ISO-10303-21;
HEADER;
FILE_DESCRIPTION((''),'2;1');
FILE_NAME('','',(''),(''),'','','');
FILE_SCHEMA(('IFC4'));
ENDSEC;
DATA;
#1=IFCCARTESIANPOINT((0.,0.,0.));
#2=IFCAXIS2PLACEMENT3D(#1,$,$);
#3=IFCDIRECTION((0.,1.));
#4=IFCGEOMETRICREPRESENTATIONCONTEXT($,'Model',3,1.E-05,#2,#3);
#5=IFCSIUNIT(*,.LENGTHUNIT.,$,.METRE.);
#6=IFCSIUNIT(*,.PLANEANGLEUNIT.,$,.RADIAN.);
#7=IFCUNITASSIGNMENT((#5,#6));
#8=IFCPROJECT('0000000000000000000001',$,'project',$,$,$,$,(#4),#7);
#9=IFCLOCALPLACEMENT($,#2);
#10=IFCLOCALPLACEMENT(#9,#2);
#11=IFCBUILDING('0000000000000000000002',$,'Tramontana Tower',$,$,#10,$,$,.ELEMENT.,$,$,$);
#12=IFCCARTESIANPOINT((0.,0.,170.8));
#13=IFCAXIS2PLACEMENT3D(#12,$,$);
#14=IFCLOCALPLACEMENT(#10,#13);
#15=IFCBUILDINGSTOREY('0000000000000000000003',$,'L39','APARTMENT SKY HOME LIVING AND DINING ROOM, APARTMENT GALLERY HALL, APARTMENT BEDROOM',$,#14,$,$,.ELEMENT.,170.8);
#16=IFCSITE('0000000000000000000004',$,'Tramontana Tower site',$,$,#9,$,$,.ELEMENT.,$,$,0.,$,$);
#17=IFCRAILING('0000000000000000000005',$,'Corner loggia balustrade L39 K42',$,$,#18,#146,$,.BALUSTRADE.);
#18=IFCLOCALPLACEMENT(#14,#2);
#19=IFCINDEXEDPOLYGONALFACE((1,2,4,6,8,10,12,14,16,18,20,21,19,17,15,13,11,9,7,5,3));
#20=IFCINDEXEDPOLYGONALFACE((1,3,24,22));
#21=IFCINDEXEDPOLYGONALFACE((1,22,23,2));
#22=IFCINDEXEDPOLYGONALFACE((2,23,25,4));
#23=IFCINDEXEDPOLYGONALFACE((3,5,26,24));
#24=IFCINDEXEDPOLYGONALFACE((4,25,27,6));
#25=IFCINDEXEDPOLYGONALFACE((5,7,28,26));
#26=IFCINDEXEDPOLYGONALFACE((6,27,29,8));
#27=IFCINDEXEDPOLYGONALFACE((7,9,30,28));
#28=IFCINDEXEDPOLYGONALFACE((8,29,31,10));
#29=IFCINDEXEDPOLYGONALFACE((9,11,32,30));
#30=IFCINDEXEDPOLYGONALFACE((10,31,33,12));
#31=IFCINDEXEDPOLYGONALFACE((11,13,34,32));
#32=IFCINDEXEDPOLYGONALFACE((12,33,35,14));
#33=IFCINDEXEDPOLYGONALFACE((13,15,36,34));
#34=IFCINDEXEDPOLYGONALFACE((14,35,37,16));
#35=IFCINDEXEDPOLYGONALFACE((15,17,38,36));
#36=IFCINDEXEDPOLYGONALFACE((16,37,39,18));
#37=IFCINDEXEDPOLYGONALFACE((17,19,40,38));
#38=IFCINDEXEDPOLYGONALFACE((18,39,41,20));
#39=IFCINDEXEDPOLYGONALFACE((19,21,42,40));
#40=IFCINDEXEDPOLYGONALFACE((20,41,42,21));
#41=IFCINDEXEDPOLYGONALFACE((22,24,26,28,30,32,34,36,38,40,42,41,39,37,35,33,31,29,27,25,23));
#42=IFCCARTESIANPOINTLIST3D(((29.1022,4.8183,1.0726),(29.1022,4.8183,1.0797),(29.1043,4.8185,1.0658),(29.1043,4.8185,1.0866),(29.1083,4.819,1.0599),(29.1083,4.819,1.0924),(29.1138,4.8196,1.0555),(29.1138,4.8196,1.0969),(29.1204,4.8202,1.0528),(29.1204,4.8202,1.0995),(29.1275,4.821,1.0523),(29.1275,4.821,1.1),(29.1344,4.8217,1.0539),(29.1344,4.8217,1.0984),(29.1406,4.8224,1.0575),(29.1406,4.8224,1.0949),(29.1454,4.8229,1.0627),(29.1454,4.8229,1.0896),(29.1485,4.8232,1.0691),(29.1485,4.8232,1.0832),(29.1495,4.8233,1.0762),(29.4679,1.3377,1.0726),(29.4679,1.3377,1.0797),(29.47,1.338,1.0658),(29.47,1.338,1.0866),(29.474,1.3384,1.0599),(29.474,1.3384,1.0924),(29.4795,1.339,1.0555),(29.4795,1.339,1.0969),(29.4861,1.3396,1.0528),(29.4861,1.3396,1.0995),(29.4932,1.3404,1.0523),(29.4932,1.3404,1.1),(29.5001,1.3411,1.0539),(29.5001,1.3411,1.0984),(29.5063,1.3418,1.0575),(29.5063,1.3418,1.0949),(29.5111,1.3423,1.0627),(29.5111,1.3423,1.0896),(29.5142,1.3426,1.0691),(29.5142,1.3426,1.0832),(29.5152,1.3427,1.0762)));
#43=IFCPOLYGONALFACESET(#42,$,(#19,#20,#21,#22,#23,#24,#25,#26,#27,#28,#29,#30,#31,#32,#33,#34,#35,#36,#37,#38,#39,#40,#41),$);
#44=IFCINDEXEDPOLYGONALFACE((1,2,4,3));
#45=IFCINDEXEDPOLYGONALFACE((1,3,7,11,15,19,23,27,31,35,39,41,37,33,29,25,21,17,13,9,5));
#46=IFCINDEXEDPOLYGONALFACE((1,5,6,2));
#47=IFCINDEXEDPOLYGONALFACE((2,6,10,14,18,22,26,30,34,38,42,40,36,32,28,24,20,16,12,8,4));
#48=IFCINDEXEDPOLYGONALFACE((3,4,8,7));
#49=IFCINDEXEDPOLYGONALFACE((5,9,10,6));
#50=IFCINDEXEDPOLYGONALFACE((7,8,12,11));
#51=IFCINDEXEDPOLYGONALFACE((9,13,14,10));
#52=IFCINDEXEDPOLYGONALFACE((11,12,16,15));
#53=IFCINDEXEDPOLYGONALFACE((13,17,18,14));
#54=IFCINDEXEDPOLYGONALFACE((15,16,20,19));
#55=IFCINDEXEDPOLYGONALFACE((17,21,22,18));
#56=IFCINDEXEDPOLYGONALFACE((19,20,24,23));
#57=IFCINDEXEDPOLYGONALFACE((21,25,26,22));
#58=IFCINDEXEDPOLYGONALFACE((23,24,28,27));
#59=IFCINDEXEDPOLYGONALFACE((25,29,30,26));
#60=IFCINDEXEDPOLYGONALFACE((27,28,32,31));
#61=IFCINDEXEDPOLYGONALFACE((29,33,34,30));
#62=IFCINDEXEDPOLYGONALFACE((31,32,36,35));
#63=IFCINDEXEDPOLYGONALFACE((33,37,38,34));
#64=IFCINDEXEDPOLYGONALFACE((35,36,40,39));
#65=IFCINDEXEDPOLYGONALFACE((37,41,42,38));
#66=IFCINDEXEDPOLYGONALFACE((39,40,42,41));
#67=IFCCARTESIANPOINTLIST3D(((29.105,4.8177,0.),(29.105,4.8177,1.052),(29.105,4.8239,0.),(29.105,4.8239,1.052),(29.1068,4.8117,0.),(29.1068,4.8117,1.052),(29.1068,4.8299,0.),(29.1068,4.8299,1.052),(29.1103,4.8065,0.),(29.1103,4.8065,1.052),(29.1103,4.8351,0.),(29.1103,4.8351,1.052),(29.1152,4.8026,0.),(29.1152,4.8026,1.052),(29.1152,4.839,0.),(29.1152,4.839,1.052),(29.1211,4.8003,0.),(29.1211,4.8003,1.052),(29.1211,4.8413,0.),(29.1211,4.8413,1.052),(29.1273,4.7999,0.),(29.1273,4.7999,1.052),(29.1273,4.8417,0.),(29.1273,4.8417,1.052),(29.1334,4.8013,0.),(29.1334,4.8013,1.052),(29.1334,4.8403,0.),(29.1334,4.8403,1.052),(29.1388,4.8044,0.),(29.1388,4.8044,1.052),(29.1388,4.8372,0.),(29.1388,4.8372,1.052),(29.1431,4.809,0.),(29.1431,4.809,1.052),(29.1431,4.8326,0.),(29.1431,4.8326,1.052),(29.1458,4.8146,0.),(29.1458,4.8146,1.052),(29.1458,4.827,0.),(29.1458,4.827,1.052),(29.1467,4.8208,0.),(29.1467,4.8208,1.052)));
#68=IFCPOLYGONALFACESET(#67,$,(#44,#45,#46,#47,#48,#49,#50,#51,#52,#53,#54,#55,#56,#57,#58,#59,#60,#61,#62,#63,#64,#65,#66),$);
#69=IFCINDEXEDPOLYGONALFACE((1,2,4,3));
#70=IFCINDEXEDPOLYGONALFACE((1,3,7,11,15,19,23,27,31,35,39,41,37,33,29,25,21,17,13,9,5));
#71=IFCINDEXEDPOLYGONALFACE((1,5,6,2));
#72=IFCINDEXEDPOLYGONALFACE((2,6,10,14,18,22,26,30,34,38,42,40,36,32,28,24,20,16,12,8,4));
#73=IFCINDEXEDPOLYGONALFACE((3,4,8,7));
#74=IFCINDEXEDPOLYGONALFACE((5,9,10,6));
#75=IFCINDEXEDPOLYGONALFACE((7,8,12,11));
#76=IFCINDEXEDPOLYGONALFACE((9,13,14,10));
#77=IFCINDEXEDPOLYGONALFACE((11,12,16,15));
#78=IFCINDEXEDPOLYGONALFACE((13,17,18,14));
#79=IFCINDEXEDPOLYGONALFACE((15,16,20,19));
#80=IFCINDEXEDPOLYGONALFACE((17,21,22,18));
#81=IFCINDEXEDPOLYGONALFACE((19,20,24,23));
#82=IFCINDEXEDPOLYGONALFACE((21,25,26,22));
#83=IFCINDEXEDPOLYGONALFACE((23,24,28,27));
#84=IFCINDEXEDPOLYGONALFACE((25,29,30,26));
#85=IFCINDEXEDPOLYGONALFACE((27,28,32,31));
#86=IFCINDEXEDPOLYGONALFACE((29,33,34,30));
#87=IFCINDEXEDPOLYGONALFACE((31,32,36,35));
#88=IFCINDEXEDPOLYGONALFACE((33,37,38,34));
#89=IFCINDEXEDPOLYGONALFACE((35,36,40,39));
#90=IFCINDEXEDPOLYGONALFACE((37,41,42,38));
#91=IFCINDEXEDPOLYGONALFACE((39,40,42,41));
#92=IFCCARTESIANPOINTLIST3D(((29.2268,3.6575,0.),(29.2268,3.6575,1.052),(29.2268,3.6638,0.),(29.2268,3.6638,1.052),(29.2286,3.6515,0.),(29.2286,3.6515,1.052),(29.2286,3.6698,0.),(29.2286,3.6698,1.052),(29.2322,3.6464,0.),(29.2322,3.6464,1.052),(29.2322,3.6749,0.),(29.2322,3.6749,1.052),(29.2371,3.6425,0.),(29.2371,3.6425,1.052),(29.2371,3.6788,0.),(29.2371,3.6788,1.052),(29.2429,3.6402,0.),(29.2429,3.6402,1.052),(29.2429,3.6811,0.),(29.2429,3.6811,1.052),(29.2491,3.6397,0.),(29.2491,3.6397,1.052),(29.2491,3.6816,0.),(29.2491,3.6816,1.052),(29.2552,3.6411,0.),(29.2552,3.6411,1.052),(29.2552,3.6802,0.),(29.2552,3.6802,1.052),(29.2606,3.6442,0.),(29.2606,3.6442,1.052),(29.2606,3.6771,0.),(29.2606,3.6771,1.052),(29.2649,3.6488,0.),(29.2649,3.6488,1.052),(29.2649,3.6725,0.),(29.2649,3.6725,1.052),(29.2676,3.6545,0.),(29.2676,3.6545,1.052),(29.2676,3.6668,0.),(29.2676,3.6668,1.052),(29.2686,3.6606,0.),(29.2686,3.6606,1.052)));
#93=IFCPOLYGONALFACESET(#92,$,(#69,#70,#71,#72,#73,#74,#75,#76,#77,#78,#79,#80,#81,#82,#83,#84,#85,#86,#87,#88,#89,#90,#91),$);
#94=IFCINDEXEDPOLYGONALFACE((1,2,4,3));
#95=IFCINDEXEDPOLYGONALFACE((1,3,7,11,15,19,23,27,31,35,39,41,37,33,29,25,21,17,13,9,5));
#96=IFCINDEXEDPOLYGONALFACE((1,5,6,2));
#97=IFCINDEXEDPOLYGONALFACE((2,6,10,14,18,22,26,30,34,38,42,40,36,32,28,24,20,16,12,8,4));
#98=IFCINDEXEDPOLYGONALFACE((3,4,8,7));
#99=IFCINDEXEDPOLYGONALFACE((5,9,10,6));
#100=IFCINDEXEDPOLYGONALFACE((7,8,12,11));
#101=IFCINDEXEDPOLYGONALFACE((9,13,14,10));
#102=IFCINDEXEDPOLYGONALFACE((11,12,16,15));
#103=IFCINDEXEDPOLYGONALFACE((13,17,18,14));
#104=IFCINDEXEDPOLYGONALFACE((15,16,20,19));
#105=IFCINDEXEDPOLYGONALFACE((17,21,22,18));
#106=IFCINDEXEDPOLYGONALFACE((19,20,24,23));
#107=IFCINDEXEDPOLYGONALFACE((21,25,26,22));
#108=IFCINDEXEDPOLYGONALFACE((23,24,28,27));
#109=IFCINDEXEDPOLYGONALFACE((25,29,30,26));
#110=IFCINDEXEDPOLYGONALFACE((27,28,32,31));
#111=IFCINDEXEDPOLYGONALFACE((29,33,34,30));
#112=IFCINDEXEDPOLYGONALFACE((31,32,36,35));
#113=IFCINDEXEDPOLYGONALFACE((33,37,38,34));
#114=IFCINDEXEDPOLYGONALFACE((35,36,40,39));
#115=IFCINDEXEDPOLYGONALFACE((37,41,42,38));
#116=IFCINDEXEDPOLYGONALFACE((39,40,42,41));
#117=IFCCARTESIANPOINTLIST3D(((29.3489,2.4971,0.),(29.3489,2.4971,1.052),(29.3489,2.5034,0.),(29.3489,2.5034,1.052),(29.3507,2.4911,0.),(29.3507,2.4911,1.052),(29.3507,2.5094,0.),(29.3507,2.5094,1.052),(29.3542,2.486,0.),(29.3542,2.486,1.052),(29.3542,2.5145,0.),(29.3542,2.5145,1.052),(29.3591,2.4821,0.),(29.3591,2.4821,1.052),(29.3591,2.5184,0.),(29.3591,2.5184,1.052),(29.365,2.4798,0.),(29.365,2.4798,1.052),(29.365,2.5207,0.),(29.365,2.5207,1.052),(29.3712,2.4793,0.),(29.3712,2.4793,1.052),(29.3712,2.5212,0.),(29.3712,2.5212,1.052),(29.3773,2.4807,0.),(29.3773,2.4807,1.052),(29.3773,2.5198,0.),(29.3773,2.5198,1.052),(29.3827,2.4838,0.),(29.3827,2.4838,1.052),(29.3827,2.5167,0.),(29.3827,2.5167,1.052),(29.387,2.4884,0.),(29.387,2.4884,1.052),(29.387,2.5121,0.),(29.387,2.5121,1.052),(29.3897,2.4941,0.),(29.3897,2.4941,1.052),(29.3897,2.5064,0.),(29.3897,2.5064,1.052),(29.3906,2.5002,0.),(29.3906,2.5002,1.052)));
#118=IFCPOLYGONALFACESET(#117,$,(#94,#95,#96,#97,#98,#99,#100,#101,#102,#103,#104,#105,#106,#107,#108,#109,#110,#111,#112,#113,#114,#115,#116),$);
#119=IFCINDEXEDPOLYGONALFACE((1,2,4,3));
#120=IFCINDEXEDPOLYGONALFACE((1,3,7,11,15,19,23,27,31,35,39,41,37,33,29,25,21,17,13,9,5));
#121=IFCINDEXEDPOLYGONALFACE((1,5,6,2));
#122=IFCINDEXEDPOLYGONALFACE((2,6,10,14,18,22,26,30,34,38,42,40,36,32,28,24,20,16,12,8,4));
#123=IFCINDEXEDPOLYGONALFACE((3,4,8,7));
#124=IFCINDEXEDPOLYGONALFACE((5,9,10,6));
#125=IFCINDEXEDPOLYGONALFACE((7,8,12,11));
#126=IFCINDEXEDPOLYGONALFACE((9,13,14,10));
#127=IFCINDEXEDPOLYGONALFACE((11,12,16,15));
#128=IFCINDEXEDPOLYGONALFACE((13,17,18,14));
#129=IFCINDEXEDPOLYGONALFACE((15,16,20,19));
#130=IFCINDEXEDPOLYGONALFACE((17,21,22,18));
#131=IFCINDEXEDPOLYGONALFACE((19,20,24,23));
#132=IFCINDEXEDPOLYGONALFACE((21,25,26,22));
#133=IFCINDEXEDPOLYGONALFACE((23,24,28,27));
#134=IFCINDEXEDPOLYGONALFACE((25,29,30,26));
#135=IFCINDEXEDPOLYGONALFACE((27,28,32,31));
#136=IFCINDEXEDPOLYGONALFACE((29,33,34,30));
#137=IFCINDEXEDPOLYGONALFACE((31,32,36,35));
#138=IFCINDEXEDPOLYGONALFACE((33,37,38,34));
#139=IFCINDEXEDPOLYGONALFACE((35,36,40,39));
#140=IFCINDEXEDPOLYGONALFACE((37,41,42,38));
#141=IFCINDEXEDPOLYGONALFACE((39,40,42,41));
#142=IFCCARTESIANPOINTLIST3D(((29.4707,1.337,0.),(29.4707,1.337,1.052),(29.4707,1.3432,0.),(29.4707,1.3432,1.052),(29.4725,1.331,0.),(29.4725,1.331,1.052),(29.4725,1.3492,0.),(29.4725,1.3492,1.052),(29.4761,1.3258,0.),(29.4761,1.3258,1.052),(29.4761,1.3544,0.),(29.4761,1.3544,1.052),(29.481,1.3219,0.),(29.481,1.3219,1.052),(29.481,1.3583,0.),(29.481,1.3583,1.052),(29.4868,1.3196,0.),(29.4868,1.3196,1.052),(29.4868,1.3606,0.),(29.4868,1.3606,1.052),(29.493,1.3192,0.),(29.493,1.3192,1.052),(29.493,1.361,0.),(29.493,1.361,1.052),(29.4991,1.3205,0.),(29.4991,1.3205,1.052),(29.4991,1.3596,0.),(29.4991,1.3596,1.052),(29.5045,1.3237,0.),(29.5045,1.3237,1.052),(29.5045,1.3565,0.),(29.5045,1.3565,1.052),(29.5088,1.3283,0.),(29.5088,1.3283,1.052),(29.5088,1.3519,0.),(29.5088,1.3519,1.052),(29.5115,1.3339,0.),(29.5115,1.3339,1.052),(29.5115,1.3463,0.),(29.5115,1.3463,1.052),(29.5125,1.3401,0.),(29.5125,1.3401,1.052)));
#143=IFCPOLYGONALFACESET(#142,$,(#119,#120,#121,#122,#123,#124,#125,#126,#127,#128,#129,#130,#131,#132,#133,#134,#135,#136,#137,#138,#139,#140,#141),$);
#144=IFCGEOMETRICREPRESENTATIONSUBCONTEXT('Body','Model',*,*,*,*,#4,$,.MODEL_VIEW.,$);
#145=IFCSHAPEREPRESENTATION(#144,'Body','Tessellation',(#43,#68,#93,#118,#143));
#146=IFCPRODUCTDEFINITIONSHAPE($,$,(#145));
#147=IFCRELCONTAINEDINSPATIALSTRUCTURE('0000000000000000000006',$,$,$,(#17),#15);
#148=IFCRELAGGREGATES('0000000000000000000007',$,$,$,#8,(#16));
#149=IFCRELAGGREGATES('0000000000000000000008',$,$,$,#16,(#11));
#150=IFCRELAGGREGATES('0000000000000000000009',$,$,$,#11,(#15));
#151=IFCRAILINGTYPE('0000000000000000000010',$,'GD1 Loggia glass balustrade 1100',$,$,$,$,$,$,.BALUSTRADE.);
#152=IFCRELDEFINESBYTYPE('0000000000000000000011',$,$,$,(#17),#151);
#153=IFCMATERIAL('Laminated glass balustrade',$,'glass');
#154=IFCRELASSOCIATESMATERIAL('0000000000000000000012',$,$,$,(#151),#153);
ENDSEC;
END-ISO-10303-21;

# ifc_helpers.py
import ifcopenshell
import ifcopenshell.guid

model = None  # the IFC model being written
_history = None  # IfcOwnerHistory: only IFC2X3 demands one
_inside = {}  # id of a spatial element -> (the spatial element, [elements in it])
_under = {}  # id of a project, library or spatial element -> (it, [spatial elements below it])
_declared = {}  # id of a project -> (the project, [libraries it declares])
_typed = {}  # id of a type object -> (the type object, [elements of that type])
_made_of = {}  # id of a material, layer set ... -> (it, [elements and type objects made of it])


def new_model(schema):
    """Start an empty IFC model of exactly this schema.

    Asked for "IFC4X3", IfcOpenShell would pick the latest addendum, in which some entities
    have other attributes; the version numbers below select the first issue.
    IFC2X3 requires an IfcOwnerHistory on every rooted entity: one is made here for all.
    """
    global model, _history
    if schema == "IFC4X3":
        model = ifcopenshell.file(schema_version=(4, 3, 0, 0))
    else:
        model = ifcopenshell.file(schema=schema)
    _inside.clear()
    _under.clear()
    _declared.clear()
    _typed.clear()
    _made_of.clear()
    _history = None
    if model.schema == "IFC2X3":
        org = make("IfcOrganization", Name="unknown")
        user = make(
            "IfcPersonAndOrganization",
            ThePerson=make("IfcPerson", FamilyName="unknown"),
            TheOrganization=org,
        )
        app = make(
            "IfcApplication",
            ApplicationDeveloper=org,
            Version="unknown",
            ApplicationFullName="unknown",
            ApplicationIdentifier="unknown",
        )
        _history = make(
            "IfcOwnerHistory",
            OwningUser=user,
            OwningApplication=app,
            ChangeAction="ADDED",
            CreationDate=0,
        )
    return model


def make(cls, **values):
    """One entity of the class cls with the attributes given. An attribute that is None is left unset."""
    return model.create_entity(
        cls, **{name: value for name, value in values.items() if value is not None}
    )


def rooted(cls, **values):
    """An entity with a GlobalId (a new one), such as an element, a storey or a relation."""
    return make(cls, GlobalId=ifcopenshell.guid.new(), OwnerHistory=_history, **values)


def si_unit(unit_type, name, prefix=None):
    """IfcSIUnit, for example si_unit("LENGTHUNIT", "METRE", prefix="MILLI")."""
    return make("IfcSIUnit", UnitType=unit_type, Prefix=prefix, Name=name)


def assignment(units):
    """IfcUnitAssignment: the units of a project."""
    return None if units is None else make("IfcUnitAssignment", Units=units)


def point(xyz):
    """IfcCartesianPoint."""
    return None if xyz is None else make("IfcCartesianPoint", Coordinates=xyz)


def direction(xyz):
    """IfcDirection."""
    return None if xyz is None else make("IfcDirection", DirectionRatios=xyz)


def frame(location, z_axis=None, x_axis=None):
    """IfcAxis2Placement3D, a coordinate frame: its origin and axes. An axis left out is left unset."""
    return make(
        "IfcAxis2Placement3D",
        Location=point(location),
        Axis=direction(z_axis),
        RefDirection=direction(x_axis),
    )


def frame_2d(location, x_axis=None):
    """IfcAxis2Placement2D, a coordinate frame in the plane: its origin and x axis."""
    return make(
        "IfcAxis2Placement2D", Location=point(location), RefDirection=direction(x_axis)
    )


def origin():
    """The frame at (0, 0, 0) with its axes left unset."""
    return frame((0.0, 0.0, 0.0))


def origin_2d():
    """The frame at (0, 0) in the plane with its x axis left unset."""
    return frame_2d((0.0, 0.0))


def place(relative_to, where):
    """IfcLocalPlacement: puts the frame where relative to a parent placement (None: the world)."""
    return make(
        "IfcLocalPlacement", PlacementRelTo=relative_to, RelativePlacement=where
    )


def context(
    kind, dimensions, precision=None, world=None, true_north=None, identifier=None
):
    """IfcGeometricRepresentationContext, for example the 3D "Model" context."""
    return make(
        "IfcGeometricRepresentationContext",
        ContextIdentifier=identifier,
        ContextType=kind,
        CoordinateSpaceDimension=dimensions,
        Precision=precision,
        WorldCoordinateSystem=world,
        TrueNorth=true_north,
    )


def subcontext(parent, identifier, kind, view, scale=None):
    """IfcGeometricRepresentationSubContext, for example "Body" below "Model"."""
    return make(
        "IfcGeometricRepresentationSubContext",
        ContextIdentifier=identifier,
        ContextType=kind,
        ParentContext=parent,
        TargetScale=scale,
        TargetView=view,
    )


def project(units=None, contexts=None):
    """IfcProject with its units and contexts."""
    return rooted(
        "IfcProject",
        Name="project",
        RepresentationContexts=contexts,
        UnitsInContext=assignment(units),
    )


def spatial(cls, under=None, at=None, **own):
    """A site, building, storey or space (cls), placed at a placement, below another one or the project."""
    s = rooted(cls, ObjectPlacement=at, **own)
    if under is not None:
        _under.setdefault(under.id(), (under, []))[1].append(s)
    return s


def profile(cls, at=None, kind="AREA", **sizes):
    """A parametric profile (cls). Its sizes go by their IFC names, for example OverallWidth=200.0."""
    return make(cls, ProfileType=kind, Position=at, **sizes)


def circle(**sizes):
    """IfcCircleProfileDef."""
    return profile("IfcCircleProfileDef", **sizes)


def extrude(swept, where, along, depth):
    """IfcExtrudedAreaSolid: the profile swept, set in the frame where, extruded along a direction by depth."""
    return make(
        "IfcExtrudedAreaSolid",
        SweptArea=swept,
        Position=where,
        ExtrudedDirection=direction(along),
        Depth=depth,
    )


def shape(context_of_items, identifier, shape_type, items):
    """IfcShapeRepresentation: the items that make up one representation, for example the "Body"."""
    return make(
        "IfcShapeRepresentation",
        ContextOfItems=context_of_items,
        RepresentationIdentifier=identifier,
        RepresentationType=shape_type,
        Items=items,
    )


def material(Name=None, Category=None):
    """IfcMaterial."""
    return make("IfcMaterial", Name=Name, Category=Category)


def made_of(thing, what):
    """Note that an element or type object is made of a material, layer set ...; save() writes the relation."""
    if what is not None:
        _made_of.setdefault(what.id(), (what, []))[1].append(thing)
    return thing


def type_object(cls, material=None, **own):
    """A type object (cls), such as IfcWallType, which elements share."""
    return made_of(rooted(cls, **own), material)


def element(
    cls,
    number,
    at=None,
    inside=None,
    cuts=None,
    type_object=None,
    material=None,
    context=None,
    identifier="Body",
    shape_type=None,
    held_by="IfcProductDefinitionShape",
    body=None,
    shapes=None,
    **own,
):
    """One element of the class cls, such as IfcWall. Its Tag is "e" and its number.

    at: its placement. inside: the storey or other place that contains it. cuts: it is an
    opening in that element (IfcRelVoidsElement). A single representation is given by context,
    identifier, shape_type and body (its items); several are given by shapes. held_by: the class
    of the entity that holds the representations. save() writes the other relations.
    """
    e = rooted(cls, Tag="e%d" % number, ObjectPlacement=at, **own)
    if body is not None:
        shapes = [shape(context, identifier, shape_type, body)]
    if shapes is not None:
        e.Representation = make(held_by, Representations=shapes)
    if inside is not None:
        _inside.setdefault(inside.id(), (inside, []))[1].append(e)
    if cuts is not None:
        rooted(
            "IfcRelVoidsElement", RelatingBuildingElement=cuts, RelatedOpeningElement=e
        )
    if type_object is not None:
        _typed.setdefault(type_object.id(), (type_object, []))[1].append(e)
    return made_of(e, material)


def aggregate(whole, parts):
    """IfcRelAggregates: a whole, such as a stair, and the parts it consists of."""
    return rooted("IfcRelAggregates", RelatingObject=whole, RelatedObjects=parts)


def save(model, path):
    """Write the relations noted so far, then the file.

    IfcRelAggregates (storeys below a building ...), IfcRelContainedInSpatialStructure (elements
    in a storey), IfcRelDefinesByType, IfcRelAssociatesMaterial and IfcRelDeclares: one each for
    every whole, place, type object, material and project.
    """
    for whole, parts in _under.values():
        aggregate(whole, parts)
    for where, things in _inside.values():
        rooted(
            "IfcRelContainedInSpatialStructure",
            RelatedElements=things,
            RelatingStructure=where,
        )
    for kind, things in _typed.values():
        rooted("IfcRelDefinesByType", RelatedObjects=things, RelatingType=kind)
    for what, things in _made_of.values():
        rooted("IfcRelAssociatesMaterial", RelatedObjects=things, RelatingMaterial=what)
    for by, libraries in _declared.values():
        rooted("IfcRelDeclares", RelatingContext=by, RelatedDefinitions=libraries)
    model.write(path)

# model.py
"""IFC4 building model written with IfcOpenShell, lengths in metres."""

from ifc_helpers import new_model, si_unit, direction, frame, origin, origin_2d, place, context, subcontext, project, spatial, circle, extrude, material, type_object, element, save


model = new_model("IFC4")

# Units and contexts
model_context = context("Model", 3, precision=1e-05, world=origin(), true_north=direction((0.0, 1.0)))
body_context = subcontext(model_context, "Body", "Model", "MODEL_VIEW")
ifc_project = project(units=[si_unit("LENGTHUNIT", "METRE"), si_unit("PLANEANGLEUNIT", "RADIAN")], contexts=[model_context])

# Site, building, storey
site_placement = place(None, origin())
site = spatial("IfcSite", under=ifc_project, at=site_placement, Name="Tramontana Tower site", CompositionType="ELEMENT", RefElevation=0.0)
building_placement = place(site_placement, origin())
building = spatial("IfcBuilding", under=site, at=building_placement, Name="Tramontana Tower", CompositionType="ELEMENT")
storey_placement = place(building_placement, frame((0.0, 0.0, 170.8)))
storey = spatial("IfcBuildingStorey", under=building, at=storey_placement, Name="L39", Description="APARTMENT SKY HOME LIVING AND DINING ROOM, APARTMENT GALLERY HALL, APARTMENT BEDROOM", CompositionType="ELEMENT", Elevation=170.8)

# Railing
ifc_material_1 = material(Name="Laminated glass balustrade", Category="glass")
railing_type = type_object("IfcRailingType", Name="GD1 Loggia glass balustrade 1100", PredefinedType="BALUSTRADE", material=ifc_material_1)
railing_1_placement = place(storey_placement, frame((29.1257, 4.8208, 0.0)))
element("IfcRailing", 1, at=railing_1_placement, inside=storey, type_object=railing_type, Name="Corner loggia balustrade L39 K42", PredefinedType="BALUSTRADE", context=body_context, shape_type="SweptSolid", body=[
    extrude(circle(Radius=0.0239, at=origin_2d()), frame((0.0, 0.0, 1.0762), z_axis=(0.104496, -0.994525, 0.0), x_axis=(0.994525, 0.104496, 0.0)), (0.0, 0.0, 1.0), 3.4998),
    extrude(circle(Radius=0.021, at=origin_2d()), origin(), (0.0, 0.0, 1.0), 1.052),
    extrude(circle(Radius=0.021, at=origin_2d()), frame((0.1218, -1.1602, 0.0)), (0.0, 0.0, 1.0), 1.052),
    extrude(circle(Radius=0.021, at=origin_2d()), frame((0.2439, -2.3206, 0.0)), (0.0, 0.0, 1.0), 1.052),
    extrude(circle(Radius=0.021, at=origin_2d()), frame((0.3657, -3.4807, 0.0)), (0.0, 0.0, 1.0), 1.052),
])

save(model, "model.ifc")
